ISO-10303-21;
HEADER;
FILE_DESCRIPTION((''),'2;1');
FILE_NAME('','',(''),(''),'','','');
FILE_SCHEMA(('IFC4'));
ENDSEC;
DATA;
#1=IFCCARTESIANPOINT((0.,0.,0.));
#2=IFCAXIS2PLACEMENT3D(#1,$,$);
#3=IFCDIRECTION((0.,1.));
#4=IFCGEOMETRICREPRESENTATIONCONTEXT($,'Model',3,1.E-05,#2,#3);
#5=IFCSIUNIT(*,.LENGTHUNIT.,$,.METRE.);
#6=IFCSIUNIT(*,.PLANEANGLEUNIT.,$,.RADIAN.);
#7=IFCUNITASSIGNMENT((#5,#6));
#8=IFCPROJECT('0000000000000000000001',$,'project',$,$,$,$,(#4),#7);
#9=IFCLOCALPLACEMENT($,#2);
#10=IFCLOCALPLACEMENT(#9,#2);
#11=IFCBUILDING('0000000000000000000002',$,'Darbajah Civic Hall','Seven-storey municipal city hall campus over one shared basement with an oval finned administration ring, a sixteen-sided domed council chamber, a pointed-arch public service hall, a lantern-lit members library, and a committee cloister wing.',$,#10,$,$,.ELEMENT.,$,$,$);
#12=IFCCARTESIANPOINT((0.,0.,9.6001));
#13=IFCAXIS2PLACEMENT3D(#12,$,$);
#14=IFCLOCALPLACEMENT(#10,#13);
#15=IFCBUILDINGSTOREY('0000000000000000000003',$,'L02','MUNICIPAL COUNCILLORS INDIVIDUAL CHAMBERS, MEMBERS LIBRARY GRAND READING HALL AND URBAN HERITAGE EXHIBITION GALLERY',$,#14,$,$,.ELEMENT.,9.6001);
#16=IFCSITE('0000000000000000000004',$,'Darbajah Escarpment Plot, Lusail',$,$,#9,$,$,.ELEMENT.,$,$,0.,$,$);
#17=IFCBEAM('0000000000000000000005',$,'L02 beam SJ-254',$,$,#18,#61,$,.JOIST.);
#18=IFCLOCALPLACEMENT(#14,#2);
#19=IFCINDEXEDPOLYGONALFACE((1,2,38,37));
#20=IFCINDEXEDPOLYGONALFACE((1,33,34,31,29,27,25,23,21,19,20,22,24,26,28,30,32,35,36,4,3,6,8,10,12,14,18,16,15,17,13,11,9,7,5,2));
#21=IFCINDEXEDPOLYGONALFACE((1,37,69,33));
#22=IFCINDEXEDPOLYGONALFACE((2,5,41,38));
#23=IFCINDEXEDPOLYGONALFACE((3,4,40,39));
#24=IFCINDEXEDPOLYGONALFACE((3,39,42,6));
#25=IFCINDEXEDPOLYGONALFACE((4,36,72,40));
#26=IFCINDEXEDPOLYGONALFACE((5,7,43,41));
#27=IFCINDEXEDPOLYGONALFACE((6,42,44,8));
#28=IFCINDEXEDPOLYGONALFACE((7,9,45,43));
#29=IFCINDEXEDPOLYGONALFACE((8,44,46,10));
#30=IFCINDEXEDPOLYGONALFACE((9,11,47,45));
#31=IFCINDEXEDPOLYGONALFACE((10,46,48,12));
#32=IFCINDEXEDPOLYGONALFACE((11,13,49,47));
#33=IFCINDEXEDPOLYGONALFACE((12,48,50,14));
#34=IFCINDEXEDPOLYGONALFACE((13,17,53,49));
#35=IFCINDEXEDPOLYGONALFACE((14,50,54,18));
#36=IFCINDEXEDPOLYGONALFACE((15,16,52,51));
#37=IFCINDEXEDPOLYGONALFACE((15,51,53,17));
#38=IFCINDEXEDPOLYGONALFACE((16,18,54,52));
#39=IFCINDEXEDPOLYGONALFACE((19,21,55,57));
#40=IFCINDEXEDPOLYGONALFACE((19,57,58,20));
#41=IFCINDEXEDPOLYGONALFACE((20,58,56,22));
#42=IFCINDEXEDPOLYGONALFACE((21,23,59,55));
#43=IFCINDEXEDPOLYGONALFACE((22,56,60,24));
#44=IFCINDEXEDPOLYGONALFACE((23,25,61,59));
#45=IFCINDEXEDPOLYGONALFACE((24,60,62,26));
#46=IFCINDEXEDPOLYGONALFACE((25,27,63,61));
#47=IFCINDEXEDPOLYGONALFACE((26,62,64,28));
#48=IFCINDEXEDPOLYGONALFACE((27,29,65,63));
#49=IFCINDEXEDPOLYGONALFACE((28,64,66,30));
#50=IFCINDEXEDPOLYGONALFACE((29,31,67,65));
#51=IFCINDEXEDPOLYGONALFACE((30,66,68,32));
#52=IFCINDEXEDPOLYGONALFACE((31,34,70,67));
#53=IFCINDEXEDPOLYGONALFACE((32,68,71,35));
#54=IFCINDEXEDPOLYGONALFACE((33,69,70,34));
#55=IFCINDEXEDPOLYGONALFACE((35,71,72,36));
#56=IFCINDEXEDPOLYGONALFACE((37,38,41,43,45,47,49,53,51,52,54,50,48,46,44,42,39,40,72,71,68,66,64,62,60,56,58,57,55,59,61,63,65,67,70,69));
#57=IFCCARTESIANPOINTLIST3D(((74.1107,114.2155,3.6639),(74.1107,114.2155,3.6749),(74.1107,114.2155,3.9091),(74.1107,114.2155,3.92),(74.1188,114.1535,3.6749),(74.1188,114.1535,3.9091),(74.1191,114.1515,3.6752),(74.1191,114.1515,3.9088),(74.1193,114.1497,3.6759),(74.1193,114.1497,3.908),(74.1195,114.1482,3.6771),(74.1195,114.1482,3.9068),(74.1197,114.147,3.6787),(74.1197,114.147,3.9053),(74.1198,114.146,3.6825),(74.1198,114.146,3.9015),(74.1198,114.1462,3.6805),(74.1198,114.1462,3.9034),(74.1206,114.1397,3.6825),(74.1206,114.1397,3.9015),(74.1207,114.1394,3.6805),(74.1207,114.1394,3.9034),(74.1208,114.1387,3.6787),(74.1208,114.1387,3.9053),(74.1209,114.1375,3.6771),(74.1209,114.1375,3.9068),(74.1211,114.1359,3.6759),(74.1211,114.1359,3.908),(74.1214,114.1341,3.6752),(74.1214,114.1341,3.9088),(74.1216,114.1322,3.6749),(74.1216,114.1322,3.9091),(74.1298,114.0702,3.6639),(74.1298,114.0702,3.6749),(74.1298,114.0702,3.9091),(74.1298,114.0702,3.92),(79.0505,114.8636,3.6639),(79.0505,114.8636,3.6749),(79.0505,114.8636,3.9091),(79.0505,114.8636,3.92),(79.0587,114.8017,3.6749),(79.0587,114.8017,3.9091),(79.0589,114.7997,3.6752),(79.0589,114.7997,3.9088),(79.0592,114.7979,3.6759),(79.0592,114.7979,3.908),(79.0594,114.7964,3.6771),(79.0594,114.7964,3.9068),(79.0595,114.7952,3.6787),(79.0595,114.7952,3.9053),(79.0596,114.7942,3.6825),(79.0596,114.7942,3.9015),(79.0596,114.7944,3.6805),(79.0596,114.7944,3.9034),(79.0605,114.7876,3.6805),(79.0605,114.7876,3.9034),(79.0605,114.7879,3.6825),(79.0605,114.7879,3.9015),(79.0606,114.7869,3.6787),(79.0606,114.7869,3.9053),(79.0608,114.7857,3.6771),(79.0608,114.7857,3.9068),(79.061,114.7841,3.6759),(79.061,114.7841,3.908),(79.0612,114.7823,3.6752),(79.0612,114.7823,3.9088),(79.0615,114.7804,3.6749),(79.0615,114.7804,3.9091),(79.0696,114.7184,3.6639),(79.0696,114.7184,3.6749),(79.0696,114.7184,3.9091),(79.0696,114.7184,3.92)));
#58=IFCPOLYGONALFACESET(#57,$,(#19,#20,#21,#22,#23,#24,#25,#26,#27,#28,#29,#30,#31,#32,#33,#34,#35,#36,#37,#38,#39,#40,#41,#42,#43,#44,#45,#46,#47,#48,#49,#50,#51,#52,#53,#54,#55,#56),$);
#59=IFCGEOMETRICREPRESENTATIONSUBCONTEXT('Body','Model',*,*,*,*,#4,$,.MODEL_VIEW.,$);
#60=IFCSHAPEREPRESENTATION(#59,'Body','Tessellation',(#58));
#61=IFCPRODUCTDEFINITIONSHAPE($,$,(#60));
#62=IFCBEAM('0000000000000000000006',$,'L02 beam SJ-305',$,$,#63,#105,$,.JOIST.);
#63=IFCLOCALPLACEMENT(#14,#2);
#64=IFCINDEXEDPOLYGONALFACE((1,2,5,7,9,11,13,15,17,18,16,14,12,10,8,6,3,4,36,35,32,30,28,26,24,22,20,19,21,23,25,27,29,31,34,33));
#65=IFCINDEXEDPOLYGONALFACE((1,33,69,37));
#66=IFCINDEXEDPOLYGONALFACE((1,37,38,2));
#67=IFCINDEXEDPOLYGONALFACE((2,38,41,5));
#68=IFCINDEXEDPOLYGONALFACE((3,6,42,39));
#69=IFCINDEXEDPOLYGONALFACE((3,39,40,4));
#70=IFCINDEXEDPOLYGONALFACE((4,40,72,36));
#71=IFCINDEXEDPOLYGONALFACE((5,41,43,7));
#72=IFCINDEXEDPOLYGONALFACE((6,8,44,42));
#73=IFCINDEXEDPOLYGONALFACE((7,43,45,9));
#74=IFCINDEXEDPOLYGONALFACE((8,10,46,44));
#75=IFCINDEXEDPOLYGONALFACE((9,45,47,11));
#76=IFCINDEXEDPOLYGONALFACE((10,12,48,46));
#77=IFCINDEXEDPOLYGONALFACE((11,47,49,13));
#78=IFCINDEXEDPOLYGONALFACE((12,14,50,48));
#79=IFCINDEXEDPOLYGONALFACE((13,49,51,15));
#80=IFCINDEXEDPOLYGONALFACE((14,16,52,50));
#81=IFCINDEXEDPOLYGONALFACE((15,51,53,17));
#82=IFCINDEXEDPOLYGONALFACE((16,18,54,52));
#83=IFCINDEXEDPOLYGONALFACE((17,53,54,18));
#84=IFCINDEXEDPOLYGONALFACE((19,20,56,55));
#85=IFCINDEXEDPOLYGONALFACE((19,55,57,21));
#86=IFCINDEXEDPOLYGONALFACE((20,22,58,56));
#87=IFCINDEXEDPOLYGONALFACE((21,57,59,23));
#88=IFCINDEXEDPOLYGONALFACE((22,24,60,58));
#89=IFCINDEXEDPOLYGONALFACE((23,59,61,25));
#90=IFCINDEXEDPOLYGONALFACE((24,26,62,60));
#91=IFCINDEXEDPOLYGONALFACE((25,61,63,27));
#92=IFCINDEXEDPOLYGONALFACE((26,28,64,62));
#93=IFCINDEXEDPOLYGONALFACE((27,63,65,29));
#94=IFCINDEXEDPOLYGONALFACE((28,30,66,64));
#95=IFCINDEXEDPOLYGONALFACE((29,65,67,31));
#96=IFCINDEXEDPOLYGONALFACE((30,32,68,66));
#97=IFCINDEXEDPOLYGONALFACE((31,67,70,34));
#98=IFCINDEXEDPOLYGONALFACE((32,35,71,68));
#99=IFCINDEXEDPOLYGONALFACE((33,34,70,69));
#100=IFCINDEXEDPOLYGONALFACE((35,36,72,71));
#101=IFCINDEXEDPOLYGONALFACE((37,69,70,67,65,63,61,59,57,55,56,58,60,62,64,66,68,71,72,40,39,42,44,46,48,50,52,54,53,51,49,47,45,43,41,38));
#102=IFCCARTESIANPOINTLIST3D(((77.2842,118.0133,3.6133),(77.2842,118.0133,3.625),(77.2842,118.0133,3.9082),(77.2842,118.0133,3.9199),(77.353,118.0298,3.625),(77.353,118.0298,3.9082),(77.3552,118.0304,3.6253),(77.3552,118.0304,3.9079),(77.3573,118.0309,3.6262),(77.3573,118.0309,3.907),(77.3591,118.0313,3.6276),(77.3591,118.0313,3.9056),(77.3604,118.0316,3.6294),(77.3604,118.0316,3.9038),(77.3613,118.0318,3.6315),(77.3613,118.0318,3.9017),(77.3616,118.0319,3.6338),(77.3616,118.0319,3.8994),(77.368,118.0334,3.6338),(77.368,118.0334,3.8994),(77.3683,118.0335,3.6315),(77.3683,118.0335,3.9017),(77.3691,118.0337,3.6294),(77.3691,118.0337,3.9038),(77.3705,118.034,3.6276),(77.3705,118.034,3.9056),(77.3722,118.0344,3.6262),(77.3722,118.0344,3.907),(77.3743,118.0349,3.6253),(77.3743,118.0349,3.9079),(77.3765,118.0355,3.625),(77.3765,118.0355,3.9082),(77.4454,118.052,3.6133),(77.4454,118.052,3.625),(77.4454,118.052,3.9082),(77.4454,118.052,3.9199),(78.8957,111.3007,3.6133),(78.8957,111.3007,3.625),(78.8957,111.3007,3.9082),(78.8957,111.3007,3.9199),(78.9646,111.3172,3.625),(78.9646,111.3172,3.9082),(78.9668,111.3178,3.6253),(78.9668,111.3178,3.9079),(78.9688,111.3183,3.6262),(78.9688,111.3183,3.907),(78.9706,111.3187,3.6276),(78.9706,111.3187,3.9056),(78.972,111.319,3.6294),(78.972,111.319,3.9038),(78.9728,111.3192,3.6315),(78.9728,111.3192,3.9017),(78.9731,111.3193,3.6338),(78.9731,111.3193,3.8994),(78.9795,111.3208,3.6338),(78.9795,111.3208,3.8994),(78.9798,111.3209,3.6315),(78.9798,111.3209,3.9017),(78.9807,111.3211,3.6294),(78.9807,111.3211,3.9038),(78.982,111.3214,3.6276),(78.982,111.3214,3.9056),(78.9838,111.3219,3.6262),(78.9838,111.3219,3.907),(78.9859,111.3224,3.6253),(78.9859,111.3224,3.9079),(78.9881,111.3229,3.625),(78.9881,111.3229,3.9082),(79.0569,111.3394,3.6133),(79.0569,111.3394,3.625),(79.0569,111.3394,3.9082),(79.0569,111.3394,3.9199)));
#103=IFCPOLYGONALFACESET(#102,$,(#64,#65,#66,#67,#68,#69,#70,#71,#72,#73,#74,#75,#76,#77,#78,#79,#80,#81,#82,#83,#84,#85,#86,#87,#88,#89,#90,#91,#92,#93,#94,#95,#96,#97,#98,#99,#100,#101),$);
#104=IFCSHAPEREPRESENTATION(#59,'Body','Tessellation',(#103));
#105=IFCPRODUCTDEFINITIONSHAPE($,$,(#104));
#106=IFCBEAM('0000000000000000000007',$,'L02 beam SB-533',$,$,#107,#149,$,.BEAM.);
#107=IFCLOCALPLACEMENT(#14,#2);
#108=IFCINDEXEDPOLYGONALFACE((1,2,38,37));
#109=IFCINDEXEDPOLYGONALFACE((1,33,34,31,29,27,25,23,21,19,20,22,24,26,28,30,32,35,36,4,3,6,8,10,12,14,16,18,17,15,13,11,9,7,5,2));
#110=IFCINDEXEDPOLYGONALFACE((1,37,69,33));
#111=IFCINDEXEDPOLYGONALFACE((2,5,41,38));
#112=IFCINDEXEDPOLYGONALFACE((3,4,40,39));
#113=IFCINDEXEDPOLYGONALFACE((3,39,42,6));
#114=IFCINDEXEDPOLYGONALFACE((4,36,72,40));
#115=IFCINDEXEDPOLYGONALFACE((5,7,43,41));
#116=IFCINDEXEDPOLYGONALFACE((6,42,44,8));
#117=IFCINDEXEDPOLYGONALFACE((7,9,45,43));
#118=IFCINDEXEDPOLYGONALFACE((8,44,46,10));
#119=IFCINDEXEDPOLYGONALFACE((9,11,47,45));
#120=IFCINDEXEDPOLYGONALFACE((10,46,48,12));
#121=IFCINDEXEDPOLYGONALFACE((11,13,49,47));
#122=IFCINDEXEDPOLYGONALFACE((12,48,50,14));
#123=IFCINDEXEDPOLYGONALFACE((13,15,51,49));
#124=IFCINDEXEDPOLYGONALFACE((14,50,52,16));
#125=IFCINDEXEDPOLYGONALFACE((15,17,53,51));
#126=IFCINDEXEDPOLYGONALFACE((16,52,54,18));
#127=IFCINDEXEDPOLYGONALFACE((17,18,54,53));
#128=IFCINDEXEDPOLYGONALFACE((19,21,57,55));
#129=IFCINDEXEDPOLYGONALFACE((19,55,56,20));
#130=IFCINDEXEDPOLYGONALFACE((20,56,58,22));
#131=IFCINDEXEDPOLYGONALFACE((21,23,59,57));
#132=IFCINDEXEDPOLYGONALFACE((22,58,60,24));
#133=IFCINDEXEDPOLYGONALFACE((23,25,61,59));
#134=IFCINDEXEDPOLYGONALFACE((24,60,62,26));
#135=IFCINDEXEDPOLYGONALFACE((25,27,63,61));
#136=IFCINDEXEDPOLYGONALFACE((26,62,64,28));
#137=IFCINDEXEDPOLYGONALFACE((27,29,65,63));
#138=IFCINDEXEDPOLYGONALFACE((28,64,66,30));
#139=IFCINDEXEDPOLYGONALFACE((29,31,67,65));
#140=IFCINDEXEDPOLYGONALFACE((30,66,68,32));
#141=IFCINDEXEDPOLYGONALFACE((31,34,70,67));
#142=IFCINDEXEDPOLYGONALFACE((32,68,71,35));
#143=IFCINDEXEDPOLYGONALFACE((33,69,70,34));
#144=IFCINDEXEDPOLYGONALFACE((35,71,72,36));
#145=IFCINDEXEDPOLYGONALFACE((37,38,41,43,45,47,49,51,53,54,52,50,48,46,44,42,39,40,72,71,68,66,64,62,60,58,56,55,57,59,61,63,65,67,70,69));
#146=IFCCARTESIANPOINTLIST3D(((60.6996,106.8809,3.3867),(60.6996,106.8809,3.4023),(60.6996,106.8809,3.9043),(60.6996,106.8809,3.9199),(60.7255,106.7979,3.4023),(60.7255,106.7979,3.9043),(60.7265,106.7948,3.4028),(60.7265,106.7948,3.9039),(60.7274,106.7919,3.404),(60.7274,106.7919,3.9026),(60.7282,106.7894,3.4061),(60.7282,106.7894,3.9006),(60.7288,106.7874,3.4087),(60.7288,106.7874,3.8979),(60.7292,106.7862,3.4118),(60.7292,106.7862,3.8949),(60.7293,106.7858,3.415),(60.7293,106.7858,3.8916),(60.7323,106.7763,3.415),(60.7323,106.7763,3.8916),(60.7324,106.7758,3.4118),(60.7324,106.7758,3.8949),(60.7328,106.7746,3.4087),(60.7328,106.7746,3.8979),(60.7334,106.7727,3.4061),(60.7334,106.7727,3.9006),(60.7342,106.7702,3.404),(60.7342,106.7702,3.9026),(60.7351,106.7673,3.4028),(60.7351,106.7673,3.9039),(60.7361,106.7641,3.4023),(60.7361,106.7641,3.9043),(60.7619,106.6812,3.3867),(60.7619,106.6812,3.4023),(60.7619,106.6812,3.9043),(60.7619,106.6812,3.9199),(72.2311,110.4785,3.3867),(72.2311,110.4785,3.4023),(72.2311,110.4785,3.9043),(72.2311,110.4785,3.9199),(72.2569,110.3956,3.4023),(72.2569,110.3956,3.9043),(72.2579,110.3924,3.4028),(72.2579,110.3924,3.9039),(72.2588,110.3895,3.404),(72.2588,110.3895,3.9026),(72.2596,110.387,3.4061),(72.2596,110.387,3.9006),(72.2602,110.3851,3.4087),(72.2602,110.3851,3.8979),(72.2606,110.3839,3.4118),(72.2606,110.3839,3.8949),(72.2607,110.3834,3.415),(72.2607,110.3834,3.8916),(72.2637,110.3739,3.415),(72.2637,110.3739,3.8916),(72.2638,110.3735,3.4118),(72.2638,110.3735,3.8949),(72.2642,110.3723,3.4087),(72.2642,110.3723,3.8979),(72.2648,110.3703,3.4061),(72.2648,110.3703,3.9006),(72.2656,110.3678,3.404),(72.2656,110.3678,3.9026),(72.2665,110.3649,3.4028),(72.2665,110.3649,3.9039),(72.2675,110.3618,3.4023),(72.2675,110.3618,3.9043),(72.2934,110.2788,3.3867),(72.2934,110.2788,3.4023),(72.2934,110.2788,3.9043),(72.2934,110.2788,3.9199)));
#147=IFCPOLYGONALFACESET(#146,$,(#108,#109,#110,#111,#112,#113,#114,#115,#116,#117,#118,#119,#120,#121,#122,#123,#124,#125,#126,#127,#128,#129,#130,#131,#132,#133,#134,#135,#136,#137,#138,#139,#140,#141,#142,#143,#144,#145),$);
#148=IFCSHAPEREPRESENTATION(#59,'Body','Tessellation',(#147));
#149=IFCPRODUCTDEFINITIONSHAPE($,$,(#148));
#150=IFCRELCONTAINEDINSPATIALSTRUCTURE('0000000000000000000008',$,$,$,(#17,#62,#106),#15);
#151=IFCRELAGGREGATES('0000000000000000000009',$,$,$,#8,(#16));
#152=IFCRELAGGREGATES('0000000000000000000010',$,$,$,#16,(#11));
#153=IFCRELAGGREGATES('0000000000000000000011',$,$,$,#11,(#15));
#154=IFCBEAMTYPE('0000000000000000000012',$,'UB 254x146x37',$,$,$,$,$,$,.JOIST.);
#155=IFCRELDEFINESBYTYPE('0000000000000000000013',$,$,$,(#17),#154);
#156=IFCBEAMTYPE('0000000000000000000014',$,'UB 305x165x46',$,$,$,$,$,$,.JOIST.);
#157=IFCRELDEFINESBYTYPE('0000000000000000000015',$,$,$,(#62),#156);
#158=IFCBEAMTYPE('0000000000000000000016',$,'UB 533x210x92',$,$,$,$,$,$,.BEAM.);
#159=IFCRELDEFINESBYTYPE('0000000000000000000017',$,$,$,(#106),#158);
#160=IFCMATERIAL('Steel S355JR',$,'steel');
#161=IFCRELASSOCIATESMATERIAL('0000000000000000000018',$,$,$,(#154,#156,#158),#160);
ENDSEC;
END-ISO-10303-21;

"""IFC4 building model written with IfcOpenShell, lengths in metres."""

from ifc_helpers import new_model, si_unit, direction, frame, origin, origin_2d, place, context, subcontext, project, spatial, i_section, extrude, material, material_profile, profile_set, type_object, element, save


model = new_model("IFC4")

# Units and contexts
model_context = context("Model", 3, precision=1e-05, world=origin(), true_north=direction((0.0, 1.0)))
body_context = subcontext(model_context, "Body", "Model", "MODEL_VIEW")
ifc_project = project(units=[si_unit("LENGTHUNIT", "METRE"), si_unit("PLANEANGLEUNIT", "RADIAN")], contexts=[model_context])

# Site, building, storey
site_placement = place(None, origin())
site = spatial("IfcSite", under=ifc_project, at=site_placement, Name="Darbajah Escarpment Plot, Lusail", CompositionType="ELEMENT", RefElevation=0.0)
building_placement = place(site_placement, origin())
building = spatial("IfcBuilding", under=site, at=building_placement, Name="Darbajah Civic Hall", Description="Seven-storey municipal city hall campus over one shared basement with an oval finned administration ring, a sixteen-sided domed council chamber, a pointed-arch public service hall, a lantern-lit members library, and a committee cloister wing.", CompositionType="ELEMENT")
storey_placement = place(building_placement, frame((0.0, 0.0, 9.6001)))
storey = spatial("IfcBuildingStorey", under=building, at=storey_placement, Name="L02", Description="MUNICIPAL COUNCILLORS INDIVIDUAL CHAMBERS, MEMBERS LIBRARY GRAND READING HALL AND URBAN HERITAGE EXHIBITION GALLERY", CompositionType="ELEMENT", Elevation=9.6001)

# Beams
ifc_material_1 = material(Name="Steel S355JR", Category="steel")
ifc_material_profile_1 = material_profile(ifc_material_1, i_section(OverallWidth=0.1465, OverallDepth=0.2561, WebThickness=0.0063, FlangeThickness=0.011, FilletRadius=0.0076, at=origin_2d()), Name="UB 254x146x37")
ifc_profile_set_1 = profile_set([ifc_material_profile_1], Name="Steel S355JR")
beam_type_1 = type_object("IfcBeamType", Name="UB 254x146x37", PredefinedType="JOIST", material=ifc_profile_set_1)
beam_1_placement = place(storey_placement, frame((79.0601, 114.791, 3.792), z_axis=(-0.991501, -0.1301, 0.0), x_axis=(0.1301, -0.991501, 0.0)))
element("IfcBeam", 1, at=beam_1_placement, inside=storey, type_object=beam_type_1, Name="L02 beam SJ-254", PredefinedType="JOIST", context=body_context, shape_type="SweptSolid", body=[
    extrude(i_section(OverallWidth=0.1465, OverallDepth=0.2561, WebThickness=0.0063, FlangeThickness=0.011, FilletRadius=0.0076, at=origin_2d()), origin(), (0.0, 0.0, 1.0), 4.9822),
])
ifc_material_profile_2 = material_profile(ifc_material_1, i_section(OverallWidth=0.1658, OverallDepth=0.3066, WebThickness=0.0066, FlangeThickness=0.0117, FilletRadius=0.0088, at=origin_2d()), Name="UB 305x165x46")
ifc_profile_set_2 = profile_set([ifc_material_profile_2], Name="Steel S355JR")
beam_type_2 = type_object("IfcBeamType", Name="UB 305x165x46", PredefinedType="JOIST", material=ifc_profile_set_2)
beam_2_placement = place(storey_placement, frame((78.9763, 111.3201, 3.7666), z_axis=(-0.233447, 0.97237, 0.0), x_axis=(-0.97237, -0.233447, 0.0)))
element("IfcBeam", 2, at=beam_2_placement, inside=storey, type_object=beam_type_2, Name="L02 beam SJ-305", PredefinedType="JOIST", context=body_context, shape_type="SweptSolid", body=[
    extrude(i_section(OverallWidth=0.1658, OverallDepth=0.3066, WebThickness=0.0066, FlangeThickness=0.0117, FilletRadius=0.0088, at=origin_2d()), origin(), (0.0, 0.0, 1.0), 6.9033),
])
ifc_material_profile_3 = material_profile(ifc_material_1, i_section(OverallWidth=0.2092, OverallDepth=0.5332, WebThickness=0.01, FlangeThickness=0.0156, FilletRadius=0.0127, at=origin_2d()), Name="UB 533x210x92")
ifc_profile_set_3 = profile_set([ifc_material_profile_3], Name="Steel S355JR")
beam_type_3 = type_object("IfcBeamType", Name="UB 533x210x92", PredefinedType="BEAM", material=ifc_profile_set_3)
beam_3_placement = place(storey_placement, frame((72.2622, 110.3787, 3.6533), z_axis=(-0.95462, -0.297827, 0.0), x_axis=(0.297827, -0.95462, 0.0)))
element("IfcBeam", 3, at=beam_3_placement, inside=storey, type_object=beam_type_3, Name="L02 beam SB-533", PredefinedType="BEAM", context=body_context, shape_type="SweptSolid", body=[
    extrude(i_section(OverallWidth=0.2092, OverallDepth=0.5332, WebThickness=0.01, FlangeThickness=0.0156, FilletRadius=0.0127, at=origin_2d()), origin(), (0.0, 0.0, 1.0), 12.0796),
])

save(model, "model.ifc")
